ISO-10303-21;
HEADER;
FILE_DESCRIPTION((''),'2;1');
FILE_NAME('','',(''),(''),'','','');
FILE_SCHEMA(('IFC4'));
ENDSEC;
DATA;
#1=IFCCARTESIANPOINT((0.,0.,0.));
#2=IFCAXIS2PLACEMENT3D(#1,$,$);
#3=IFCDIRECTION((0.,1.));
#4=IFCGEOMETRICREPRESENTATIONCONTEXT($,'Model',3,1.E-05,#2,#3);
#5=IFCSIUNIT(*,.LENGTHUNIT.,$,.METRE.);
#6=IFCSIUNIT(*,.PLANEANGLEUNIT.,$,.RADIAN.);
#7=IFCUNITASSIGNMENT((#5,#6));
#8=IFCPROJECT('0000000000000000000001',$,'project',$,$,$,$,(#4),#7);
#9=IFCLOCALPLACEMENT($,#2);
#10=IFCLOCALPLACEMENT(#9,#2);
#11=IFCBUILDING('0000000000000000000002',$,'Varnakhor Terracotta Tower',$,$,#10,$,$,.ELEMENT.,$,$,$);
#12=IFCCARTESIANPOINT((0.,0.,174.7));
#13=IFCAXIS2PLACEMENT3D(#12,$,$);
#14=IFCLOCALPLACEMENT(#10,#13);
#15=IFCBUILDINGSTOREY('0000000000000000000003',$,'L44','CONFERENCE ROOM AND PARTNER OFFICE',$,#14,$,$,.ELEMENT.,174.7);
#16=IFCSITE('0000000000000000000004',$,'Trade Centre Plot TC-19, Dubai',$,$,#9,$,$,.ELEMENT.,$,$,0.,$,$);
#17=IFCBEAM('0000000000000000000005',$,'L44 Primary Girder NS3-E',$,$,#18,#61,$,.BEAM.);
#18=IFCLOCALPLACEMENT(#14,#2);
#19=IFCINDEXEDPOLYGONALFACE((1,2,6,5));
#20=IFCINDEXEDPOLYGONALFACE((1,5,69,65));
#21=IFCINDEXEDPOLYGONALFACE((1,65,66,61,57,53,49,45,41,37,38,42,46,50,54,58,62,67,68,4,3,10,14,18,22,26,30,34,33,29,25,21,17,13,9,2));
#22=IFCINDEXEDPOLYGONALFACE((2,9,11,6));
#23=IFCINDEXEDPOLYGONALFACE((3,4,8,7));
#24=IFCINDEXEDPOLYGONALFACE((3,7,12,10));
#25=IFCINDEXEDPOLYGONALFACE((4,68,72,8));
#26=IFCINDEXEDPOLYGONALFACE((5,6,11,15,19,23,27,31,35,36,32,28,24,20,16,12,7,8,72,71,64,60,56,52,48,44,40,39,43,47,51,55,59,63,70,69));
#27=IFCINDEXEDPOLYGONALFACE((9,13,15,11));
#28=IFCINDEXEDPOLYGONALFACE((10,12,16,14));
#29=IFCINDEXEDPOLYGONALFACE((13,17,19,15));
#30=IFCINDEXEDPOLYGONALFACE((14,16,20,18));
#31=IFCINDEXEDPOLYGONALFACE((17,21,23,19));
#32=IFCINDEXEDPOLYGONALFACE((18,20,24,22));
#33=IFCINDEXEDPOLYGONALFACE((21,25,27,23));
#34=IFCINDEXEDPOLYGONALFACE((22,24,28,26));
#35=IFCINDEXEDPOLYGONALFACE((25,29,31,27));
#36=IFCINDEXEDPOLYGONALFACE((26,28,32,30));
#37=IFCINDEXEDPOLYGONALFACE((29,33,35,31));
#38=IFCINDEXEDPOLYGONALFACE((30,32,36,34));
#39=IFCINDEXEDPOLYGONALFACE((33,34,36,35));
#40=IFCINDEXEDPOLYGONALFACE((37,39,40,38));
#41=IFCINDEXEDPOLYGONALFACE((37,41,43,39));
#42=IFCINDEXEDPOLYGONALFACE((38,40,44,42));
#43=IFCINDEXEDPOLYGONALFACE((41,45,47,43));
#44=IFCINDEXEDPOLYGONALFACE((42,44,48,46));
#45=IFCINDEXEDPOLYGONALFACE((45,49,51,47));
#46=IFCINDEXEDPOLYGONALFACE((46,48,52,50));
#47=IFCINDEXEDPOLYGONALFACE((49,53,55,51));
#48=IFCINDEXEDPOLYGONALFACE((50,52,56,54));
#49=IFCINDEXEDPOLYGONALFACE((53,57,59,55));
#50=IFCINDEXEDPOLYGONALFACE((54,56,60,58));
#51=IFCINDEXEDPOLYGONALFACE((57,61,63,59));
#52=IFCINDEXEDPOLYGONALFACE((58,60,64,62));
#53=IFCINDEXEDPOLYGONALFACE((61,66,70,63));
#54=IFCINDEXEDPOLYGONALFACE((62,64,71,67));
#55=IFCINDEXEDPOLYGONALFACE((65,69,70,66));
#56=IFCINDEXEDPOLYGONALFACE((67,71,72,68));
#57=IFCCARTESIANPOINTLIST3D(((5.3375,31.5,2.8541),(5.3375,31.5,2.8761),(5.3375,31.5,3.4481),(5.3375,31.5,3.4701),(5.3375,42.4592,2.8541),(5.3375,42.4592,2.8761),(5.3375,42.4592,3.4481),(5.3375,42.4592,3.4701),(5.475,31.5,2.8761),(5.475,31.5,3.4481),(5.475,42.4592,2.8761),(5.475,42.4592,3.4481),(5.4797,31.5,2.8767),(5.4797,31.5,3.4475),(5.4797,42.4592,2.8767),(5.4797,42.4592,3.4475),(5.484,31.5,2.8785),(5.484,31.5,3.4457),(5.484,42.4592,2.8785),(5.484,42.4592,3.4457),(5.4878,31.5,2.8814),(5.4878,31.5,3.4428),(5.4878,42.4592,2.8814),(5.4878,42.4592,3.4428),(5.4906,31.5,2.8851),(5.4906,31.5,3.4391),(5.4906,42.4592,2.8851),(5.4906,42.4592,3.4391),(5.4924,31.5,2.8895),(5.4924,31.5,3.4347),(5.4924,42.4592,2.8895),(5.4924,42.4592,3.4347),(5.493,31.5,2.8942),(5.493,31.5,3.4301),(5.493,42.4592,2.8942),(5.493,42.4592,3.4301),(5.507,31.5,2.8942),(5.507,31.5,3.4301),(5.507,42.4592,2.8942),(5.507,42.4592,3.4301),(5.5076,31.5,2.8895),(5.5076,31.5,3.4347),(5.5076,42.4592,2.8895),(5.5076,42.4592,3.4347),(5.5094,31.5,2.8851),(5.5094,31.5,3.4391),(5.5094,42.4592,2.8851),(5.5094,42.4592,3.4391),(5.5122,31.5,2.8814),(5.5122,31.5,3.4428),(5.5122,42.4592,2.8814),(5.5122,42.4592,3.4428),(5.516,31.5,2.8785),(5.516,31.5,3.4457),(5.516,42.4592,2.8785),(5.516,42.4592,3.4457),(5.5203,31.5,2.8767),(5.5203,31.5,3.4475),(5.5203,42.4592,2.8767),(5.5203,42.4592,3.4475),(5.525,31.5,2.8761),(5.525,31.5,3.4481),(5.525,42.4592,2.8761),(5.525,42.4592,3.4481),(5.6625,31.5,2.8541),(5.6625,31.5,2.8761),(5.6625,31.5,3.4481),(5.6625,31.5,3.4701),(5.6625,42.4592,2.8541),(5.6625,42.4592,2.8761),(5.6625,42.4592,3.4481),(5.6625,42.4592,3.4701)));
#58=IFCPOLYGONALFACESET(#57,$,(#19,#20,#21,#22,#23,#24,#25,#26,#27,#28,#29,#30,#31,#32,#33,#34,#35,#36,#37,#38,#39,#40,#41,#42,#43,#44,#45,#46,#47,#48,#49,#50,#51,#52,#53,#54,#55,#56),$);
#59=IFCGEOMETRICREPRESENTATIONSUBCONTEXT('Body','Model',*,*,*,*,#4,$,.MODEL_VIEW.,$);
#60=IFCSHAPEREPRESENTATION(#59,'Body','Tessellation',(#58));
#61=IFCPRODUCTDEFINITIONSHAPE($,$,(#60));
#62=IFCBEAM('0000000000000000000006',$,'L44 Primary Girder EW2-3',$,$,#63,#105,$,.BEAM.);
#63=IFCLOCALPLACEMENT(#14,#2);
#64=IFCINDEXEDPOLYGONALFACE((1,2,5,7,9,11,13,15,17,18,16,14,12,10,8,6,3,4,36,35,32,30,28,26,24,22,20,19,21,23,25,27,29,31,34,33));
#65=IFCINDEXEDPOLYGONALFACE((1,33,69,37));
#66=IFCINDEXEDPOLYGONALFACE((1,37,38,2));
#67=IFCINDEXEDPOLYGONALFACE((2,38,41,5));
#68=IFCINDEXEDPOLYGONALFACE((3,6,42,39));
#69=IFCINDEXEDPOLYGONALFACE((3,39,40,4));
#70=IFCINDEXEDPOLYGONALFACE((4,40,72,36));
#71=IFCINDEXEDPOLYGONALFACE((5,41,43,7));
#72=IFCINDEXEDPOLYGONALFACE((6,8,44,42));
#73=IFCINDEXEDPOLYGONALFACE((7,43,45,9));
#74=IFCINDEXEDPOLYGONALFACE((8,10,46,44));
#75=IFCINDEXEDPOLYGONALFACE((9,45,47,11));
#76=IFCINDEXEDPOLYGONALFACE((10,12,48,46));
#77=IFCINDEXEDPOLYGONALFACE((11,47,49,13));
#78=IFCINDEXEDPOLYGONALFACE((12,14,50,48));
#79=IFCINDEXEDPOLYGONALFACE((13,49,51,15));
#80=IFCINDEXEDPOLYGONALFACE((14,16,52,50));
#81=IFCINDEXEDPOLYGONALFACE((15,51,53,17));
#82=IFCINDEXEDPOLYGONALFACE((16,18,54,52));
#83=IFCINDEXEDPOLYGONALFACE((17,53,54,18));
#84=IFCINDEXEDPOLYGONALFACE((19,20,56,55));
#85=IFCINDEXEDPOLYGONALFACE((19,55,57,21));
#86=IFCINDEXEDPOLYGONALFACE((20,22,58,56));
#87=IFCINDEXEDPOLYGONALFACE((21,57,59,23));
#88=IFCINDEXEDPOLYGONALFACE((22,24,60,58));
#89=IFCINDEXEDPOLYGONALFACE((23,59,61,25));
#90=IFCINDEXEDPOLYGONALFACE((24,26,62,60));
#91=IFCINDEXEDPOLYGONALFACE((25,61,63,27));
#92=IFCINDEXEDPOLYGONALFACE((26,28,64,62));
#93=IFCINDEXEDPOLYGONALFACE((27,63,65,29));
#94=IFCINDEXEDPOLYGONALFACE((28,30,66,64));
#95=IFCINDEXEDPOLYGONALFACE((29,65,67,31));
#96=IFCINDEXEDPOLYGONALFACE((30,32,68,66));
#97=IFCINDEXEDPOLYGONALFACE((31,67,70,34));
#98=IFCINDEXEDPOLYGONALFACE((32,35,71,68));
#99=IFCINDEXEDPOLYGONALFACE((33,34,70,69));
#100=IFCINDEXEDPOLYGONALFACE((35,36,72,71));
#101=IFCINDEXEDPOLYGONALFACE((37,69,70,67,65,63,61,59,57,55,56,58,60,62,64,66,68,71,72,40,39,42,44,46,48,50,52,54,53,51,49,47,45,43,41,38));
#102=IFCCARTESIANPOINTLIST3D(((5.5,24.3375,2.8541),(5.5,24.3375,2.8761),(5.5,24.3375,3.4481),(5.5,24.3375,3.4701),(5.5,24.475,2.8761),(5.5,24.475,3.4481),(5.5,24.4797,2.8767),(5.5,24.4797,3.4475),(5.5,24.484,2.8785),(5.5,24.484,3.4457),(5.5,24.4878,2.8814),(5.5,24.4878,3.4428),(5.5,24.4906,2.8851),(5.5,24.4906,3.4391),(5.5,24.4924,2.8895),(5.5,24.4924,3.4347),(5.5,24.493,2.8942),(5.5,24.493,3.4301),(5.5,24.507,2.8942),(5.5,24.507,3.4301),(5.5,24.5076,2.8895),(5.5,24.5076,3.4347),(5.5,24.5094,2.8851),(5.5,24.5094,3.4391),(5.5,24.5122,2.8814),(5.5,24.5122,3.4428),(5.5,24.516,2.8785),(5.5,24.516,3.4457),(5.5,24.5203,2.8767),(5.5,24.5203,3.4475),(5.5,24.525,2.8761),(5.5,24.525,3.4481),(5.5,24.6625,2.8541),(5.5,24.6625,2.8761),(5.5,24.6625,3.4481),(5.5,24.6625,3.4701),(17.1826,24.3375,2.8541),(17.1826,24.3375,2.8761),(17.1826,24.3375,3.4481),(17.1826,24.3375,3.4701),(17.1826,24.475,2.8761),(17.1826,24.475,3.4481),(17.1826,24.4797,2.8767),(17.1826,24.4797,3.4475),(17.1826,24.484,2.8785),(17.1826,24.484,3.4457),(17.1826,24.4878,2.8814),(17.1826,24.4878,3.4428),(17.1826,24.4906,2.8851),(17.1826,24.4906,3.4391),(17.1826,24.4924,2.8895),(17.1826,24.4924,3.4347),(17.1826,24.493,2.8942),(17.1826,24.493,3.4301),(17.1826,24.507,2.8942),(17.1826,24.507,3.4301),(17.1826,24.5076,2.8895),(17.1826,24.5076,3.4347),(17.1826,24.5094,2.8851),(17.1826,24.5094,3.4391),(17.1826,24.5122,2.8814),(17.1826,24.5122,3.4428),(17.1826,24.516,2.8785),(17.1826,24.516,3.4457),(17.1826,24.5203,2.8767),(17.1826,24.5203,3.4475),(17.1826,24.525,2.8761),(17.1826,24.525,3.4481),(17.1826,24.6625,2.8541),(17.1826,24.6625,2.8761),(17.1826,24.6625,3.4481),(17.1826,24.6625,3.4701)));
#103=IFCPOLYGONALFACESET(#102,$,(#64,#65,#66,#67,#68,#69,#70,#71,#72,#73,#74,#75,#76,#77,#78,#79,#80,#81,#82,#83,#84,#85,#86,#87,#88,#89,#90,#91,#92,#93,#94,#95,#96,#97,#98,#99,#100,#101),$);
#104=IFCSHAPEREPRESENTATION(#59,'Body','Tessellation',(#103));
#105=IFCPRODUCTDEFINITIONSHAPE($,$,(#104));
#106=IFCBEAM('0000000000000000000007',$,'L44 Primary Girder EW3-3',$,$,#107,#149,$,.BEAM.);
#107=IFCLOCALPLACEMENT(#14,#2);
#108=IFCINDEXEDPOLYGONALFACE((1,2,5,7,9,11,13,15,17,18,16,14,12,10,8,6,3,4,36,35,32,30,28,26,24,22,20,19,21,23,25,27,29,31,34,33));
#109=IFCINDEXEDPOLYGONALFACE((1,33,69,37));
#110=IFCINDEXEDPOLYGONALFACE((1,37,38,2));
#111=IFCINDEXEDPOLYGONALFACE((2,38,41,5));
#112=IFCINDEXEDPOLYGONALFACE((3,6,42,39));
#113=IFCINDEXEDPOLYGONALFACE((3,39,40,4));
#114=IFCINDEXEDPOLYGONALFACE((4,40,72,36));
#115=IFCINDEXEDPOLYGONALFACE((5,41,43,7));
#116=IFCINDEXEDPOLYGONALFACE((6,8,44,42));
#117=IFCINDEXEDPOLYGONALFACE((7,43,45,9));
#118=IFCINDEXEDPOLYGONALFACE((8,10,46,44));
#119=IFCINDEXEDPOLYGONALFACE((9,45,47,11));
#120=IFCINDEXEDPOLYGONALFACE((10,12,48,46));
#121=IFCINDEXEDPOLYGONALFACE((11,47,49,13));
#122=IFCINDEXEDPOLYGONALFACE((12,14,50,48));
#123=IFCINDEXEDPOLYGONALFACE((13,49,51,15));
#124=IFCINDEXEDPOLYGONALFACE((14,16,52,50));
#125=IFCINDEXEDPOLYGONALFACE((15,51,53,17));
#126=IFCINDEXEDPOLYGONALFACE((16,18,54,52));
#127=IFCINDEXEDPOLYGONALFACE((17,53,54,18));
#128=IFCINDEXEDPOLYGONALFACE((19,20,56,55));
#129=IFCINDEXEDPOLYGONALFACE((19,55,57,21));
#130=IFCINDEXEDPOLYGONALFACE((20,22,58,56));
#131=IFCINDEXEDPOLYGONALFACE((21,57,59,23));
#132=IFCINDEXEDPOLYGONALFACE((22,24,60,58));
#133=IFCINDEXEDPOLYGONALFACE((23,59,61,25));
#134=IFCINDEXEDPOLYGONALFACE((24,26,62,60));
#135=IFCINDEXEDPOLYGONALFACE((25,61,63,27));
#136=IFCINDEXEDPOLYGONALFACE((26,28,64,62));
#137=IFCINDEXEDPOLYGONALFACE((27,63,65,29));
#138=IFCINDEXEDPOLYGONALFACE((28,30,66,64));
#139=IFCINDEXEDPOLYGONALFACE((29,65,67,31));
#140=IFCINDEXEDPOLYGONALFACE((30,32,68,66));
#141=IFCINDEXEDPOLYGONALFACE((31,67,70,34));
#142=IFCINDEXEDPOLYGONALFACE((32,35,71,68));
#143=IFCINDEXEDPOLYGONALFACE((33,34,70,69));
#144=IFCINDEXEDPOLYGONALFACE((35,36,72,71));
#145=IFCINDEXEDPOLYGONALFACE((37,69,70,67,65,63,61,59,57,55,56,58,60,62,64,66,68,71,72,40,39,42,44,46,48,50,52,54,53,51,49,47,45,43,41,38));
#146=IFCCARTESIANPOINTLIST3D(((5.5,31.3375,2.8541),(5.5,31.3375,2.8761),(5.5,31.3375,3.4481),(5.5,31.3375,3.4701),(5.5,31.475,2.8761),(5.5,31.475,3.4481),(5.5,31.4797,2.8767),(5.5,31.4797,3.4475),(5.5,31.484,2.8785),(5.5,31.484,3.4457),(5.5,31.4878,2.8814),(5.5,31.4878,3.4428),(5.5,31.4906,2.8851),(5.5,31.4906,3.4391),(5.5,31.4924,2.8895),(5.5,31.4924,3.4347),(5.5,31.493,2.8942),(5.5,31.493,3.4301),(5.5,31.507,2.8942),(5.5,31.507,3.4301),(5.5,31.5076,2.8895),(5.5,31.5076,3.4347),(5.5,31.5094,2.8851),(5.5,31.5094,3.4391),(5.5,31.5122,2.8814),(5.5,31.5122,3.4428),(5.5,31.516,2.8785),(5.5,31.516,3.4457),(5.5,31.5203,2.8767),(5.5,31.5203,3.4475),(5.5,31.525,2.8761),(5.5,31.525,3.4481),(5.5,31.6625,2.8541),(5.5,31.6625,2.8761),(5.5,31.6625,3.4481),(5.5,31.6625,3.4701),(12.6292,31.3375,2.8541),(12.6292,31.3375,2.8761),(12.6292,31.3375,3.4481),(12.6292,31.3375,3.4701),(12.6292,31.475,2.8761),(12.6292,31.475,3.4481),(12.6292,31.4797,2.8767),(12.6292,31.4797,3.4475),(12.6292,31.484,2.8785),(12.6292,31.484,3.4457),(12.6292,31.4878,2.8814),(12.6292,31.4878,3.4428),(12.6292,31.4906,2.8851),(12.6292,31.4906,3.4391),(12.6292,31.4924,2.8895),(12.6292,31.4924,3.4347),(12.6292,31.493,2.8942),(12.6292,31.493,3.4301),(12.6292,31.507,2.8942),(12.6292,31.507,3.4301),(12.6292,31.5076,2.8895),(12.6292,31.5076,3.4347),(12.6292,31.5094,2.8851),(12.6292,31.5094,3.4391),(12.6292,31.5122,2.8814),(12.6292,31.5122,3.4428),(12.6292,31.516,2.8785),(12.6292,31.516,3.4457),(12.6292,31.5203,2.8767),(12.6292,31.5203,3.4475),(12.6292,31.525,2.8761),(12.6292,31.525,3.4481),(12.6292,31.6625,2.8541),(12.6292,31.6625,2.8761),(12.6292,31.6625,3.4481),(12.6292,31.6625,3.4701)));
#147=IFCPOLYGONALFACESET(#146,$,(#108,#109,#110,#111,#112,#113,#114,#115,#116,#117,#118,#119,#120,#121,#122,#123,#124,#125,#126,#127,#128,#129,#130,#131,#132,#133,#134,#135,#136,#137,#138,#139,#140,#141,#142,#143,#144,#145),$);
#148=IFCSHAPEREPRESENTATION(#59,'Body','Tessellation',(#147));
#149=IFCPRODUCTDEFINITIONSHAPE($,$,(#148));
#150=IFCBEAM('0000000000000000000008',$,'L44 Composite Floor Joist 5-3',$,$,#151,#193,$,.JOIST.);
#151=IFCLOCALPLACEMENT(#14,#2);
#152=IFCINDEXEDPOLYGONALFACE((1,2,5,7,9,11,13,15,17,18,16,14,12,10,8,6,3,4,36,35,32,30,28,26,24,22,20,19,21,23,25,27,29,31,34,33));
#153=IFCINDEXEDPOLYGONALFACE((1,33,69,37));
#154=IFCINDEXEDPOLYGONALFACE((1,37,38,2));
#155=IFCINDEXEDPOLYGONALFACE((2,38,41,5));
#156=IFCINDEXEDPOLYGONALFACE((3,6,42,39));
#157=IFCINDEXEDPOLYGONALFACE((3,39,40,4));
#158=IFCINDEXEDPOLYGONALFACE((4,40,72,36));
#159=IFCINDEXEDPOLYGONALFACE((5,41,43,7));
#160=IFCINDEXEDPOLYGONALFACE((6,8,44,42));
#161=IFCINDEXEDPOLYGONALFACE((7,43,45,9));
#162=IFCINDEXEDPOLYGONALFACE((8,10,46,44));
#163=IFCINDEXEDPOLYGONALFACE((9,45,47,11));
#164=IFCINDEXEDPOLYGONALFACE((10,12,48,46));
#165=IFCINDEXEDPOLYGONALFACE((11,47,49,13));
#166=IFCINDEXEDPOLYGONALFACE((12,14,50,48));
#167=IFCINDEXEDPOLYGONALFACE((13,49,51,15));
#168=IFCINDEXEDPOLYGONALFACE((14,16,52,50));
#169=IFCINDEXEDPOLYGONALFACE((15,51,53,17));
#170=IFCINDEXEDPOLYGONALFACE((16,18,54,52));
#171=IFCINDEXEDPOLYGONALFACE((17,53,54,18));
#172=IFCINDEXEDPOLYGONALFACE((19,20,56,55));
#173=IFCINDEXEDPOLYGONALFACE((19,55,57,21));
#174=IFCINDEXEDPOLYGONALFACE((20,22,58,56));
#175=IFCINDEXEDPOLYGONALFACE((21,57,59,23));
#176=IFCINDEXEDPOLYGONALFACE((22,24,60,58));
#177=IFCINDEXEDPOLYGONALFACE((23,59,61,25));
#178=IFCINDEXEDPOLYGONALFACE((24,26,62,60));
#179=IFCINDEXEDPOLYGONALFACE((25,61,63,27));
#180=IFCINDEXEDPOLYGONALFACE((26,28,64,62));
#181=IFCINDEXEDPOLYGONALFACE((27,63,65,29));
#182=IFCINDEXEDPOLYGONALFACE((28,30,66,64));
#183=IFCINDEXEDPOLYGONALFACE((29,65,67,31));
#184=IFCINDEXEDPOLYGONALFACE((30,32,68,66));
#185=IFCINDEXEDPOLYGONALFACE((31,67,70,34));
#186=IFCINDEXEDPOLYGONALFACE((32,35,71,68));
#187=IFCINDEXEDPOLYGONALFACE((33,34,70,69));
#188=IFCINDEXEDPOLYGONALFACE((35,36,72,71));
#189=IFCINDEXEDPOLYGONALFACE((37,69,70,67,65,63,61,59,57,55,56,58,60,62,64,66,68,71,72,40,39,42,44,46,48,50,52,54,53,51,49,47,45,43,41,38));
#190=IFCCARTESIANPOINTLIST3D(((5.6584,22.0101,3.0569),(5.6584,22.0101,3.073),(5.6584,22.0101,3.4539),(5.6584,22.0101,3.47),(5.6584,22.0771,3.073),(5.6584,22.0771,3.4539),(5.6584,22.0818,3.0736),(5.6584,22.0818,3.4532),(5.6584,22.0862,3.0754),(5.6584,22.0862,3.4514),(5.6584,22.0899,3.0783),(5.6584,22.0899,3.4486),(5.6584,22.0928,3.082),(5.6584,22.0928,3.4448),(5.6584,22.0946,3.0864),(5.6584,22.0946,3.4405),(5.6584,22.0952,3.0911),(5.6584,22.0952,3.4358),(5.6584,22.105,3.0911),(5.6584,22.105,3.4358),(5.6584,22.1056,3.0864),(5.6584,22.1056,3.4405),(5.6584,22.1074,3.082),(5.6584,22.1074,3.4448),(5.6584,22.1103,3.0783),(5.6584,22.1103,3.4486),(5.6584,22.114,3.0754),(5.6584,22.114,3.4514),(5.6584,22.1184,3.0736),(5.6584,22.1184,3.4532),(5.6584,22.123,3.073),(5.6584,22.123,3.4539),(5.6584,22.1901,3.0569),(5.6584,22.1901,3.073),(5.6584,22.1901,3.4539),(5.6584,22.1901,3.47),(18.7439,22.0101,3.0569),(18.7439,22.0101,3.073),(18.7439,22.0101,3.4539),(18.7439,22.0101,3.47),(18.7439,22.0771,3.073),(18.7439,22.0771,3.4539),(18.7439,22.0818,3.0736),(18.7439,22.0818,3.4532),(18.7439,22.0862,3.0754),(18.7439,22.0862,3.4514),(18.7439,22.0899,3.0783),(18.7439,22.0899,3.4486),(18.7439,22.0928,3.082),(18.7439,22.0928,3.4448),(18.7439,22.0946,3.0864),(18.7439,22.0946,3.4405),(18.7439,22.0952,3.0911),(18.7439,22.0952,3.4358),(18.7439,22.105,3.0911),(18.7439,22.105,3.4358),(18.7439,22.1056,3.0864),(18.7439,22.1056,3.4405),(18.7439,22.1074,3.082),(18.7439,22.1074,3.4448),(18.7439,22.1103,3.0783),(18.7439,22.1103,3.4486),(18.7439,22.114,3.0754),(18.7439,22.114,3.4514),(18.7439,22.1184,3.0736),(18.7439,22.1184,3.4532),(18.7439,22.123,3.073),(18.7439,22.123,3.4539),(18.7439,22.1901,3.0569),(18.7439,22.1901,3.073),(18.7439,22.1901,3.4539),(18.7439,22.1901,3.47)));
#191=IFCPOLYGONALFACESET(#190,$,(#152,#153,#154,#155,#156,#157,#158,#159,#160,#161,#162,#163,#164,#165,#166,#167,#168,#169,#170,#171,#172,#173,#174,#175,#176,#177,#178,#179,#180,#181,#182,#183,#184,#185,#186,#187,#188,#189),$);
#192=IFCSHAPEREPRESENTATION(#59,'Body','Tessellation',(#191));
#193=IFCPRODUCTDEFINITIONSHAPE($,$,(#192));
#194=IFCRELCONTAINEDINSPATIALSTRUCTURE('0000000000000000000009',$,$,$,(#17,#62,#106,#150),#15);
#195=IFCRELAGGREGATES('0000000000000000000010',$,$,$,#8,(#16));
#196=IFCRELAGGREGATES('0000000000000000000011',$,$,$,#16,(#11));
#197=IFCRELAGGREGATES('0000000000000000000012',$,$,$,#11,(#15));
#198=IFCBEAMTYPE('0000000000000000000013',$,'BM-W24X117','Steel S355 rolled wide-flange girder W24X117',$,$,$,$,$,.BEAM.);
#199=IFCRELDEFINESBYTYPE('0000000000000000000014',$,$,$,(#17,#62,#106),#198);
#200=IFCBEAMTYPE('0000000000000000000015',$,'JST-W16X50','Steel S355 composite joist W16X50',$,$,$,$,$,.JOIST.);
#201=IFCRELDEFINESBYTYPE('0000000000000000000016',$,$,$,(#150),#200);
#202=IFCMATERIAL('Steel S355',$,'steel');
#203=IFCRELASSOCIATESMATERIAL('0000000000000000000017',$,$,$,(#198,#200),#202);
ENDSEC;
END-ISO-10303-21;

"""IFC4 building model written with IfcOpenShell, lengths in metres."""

from ifc_helpers import new_model, si_unit, direction, frame, origin, origin_2d, place, context, subcontext, project, spatial, i_section, extrude, source, transform, mapped, material, material_profile, profile_set, type_object, element, save


model = new_model("IFC4")

# Units and contexts
model_context = context("Model", 3, precision=1e-05, world=origin(), true_north=direction((0.0, 1.0)))
body_context = subcontext(model_context, "Body", "Model", "MODEL_VIEW")
ifc_project = project(units=[si_unit("LENGTHUNIT", "METRE"), si_unit("PLANEANGLEUNIT", "RADIAN")], contexts=[model_context])

# Site, building, storey
site_placement = place(None, origin())
site = spatial("IfcSite", under=ifc_project, at=site_placement, Name="Trade Centre Plot TC-19, Dubai", CompositionType="ELEMENT", RefElevation=0.0)
building_placement = place(site_placement, origin())
building = spatial("IfcBuilding", under=site, at=building_placement, Name="Varnakhor Terracotta Tower", CompositionType="ELEMENT")
storey_placement = place(building_placement, frame((0.0, 0.0, 174.7)))
storey = spatial("IfcBuildingStorey", under=building, at=storey_placement, Name="L44", Description="CONFERENCE ROOM AND PARTNER OFFICE", CompositionType="ELEMENT", Elevation=174.7)

# Beams
ifc_material_1 = material(Name="Steel S355", Category="steel")
ifc_material_profile_1 = material_profile(ifc_material_1, i_section(OverallWidth=0.325, OverallDepth=0.616, WebThickness=0.0139, FlangeThickness=0.022, FilletRadius=0.0181, at=origin_2d()), Name="W24X117")
ifc_profile_set_1 = profile_set([ifc_material_profile_1], Name="Steel S355")
beam_type_1 = type_object("IfcBeamType", Name="BM-W24X117", Description="Steel S355 rolled wide-flange girder W24X117", PredefinedType="BEAM", material=ifc_profile_set_1)
shared_shape_1 = source(origin(), body_context, "Body", "SweptSolid", [
    extrude(i_section(OverallWidth=0.325, OverallDepth=0.616, WebThickness=0.0139, FlangeThickness=0.022, FilletRadius=0.0181, at=origin_2d()), origin(), (0.0, 0.0, 1.0), 10.9592),
])
beam_1_placement = place(storey_placement, frame((5.5, 31.5, 3.1621), z_axis=(0.0, 1.0, 0.0), x_axis=(-1.0, 0.0, 0.0)))
element("IfcBeam", 1, at=beam_1_placement, inside=storey, type_object=beam_type_1, Name="L44 Primary Girder NS3-E", PredefinedType="BEAM", context=body_context, shape_type="MappedRepresentation", body=[
    mapped(shared_shape_1, transform((0.0, 0.0, 0.0), scale=1.0)),
])
shared_shape_2 = source(origin(), body_context, "Body", "SweptSolid", [
    extrude(i_section(OverallWidth=0.325, OverallDepth=0.616, WebThickness=0.0139, FlangeThickness=0.022, FilletRadius=0.0181, at=origin_2d()), origin(), (0.0, 0.0, 1.0), 11.6826),
])
beam_2_placement = place(storey_placement, frame((5.5, 24.5, 3.1621), z_axis=(1.0, 0.0, 0.0), x_axis=(0.0, 1.0, 0.0)))
element("IfcBeam", 2, at=beam_2_placement, inside=storey, type_object=beam_type_1, Name="L44 Primary Girder EW2-3", PredefinedType="BEAM", context=body_context, shape_type="MappedRepresentation", body=[
    mapped(shared_shape_2, transform((0.0, 0.0, 0.0), scale=1.0)),
])
shared_shape_3 = source(origin(), body_context, "Body", "SweptSolid", [
    extrude(i_section(OverallWidth=0.325, OverallDepth=0.616, WebThickness=0.0139, FlangeThickness=0.022, FilletRadius=0.0181, at=origin_2d()), origin(), (0.0, 0.0, 1.0), 7.1292),
])
beam_3_placement = place(storey_placement, frame((5.5, 31.5, 3.1621), z_axis=(1.0, 0.0, 0.0), x_axis=(0.0, 1.0, 0.0)))
element("IfcBeam", 3, at=beam_3_placement, inside=storey, type_object=beam_type_1, Name="L44 Primary Girder EW3-3", PredefinedType="BEAM", context=body_context, shape_type="MappedRepresentation", body=[
    mapped(shared_shape_3, transform((0.0, 0.0, 0.0), scale=1.0)),
])
ifc_material_profile_2 = material_profile(ifc_material_1, i_section(OverallWidth=0.1799, OverallDepth=0.4131, WebThickness=0.0098, FlangeThickness=0.0161, FilletRadius=0.0181, at=origin_2d()), Name="W16X50")
ifc_profile_set_2 = profile_set([ifc_material_profile_2], Name="Steel S355")
beam_type_2 = type_object("IfcBeamType", Name="JST-W16X50", Description="Steel S355 composite joist W16X50", PredefinedType="JOIST", material=ifc_profile_set_2)
shared_shape_4 = source(origin(), body_context, "Body", "SweptSolid", [
    extrude(i_section(OverallWidth=0.1799, OverallDepth=0.4131, WebThickness=0.0098, FlangeThickness=0.0161, FilletRadius=0.0181, at=origin_2d()), origin(), (0.0, 0.0, 1.0), 13.0854),
])
beam_4_placement = place(storey_placement, frame((5.6584, 22.1001, 3.2634), z_axis=(1.0, 0.0, 0.0), x_axis=(0.0, 1.0, 0.0)))
element("IfcBeam", 4, at=beam_4_placement, inside=storey, type_object=beam_type_2, Name="L44 Composite Floor Joist 5-3", PredefinedType="JOIST", context=body_context, shape_type="MappedRepresentation", body=[
    mapped(shared_shape_4, transform((0.0, 0.0, 0.0), scale=1.0)),
])

save(model, "model.ifc")
